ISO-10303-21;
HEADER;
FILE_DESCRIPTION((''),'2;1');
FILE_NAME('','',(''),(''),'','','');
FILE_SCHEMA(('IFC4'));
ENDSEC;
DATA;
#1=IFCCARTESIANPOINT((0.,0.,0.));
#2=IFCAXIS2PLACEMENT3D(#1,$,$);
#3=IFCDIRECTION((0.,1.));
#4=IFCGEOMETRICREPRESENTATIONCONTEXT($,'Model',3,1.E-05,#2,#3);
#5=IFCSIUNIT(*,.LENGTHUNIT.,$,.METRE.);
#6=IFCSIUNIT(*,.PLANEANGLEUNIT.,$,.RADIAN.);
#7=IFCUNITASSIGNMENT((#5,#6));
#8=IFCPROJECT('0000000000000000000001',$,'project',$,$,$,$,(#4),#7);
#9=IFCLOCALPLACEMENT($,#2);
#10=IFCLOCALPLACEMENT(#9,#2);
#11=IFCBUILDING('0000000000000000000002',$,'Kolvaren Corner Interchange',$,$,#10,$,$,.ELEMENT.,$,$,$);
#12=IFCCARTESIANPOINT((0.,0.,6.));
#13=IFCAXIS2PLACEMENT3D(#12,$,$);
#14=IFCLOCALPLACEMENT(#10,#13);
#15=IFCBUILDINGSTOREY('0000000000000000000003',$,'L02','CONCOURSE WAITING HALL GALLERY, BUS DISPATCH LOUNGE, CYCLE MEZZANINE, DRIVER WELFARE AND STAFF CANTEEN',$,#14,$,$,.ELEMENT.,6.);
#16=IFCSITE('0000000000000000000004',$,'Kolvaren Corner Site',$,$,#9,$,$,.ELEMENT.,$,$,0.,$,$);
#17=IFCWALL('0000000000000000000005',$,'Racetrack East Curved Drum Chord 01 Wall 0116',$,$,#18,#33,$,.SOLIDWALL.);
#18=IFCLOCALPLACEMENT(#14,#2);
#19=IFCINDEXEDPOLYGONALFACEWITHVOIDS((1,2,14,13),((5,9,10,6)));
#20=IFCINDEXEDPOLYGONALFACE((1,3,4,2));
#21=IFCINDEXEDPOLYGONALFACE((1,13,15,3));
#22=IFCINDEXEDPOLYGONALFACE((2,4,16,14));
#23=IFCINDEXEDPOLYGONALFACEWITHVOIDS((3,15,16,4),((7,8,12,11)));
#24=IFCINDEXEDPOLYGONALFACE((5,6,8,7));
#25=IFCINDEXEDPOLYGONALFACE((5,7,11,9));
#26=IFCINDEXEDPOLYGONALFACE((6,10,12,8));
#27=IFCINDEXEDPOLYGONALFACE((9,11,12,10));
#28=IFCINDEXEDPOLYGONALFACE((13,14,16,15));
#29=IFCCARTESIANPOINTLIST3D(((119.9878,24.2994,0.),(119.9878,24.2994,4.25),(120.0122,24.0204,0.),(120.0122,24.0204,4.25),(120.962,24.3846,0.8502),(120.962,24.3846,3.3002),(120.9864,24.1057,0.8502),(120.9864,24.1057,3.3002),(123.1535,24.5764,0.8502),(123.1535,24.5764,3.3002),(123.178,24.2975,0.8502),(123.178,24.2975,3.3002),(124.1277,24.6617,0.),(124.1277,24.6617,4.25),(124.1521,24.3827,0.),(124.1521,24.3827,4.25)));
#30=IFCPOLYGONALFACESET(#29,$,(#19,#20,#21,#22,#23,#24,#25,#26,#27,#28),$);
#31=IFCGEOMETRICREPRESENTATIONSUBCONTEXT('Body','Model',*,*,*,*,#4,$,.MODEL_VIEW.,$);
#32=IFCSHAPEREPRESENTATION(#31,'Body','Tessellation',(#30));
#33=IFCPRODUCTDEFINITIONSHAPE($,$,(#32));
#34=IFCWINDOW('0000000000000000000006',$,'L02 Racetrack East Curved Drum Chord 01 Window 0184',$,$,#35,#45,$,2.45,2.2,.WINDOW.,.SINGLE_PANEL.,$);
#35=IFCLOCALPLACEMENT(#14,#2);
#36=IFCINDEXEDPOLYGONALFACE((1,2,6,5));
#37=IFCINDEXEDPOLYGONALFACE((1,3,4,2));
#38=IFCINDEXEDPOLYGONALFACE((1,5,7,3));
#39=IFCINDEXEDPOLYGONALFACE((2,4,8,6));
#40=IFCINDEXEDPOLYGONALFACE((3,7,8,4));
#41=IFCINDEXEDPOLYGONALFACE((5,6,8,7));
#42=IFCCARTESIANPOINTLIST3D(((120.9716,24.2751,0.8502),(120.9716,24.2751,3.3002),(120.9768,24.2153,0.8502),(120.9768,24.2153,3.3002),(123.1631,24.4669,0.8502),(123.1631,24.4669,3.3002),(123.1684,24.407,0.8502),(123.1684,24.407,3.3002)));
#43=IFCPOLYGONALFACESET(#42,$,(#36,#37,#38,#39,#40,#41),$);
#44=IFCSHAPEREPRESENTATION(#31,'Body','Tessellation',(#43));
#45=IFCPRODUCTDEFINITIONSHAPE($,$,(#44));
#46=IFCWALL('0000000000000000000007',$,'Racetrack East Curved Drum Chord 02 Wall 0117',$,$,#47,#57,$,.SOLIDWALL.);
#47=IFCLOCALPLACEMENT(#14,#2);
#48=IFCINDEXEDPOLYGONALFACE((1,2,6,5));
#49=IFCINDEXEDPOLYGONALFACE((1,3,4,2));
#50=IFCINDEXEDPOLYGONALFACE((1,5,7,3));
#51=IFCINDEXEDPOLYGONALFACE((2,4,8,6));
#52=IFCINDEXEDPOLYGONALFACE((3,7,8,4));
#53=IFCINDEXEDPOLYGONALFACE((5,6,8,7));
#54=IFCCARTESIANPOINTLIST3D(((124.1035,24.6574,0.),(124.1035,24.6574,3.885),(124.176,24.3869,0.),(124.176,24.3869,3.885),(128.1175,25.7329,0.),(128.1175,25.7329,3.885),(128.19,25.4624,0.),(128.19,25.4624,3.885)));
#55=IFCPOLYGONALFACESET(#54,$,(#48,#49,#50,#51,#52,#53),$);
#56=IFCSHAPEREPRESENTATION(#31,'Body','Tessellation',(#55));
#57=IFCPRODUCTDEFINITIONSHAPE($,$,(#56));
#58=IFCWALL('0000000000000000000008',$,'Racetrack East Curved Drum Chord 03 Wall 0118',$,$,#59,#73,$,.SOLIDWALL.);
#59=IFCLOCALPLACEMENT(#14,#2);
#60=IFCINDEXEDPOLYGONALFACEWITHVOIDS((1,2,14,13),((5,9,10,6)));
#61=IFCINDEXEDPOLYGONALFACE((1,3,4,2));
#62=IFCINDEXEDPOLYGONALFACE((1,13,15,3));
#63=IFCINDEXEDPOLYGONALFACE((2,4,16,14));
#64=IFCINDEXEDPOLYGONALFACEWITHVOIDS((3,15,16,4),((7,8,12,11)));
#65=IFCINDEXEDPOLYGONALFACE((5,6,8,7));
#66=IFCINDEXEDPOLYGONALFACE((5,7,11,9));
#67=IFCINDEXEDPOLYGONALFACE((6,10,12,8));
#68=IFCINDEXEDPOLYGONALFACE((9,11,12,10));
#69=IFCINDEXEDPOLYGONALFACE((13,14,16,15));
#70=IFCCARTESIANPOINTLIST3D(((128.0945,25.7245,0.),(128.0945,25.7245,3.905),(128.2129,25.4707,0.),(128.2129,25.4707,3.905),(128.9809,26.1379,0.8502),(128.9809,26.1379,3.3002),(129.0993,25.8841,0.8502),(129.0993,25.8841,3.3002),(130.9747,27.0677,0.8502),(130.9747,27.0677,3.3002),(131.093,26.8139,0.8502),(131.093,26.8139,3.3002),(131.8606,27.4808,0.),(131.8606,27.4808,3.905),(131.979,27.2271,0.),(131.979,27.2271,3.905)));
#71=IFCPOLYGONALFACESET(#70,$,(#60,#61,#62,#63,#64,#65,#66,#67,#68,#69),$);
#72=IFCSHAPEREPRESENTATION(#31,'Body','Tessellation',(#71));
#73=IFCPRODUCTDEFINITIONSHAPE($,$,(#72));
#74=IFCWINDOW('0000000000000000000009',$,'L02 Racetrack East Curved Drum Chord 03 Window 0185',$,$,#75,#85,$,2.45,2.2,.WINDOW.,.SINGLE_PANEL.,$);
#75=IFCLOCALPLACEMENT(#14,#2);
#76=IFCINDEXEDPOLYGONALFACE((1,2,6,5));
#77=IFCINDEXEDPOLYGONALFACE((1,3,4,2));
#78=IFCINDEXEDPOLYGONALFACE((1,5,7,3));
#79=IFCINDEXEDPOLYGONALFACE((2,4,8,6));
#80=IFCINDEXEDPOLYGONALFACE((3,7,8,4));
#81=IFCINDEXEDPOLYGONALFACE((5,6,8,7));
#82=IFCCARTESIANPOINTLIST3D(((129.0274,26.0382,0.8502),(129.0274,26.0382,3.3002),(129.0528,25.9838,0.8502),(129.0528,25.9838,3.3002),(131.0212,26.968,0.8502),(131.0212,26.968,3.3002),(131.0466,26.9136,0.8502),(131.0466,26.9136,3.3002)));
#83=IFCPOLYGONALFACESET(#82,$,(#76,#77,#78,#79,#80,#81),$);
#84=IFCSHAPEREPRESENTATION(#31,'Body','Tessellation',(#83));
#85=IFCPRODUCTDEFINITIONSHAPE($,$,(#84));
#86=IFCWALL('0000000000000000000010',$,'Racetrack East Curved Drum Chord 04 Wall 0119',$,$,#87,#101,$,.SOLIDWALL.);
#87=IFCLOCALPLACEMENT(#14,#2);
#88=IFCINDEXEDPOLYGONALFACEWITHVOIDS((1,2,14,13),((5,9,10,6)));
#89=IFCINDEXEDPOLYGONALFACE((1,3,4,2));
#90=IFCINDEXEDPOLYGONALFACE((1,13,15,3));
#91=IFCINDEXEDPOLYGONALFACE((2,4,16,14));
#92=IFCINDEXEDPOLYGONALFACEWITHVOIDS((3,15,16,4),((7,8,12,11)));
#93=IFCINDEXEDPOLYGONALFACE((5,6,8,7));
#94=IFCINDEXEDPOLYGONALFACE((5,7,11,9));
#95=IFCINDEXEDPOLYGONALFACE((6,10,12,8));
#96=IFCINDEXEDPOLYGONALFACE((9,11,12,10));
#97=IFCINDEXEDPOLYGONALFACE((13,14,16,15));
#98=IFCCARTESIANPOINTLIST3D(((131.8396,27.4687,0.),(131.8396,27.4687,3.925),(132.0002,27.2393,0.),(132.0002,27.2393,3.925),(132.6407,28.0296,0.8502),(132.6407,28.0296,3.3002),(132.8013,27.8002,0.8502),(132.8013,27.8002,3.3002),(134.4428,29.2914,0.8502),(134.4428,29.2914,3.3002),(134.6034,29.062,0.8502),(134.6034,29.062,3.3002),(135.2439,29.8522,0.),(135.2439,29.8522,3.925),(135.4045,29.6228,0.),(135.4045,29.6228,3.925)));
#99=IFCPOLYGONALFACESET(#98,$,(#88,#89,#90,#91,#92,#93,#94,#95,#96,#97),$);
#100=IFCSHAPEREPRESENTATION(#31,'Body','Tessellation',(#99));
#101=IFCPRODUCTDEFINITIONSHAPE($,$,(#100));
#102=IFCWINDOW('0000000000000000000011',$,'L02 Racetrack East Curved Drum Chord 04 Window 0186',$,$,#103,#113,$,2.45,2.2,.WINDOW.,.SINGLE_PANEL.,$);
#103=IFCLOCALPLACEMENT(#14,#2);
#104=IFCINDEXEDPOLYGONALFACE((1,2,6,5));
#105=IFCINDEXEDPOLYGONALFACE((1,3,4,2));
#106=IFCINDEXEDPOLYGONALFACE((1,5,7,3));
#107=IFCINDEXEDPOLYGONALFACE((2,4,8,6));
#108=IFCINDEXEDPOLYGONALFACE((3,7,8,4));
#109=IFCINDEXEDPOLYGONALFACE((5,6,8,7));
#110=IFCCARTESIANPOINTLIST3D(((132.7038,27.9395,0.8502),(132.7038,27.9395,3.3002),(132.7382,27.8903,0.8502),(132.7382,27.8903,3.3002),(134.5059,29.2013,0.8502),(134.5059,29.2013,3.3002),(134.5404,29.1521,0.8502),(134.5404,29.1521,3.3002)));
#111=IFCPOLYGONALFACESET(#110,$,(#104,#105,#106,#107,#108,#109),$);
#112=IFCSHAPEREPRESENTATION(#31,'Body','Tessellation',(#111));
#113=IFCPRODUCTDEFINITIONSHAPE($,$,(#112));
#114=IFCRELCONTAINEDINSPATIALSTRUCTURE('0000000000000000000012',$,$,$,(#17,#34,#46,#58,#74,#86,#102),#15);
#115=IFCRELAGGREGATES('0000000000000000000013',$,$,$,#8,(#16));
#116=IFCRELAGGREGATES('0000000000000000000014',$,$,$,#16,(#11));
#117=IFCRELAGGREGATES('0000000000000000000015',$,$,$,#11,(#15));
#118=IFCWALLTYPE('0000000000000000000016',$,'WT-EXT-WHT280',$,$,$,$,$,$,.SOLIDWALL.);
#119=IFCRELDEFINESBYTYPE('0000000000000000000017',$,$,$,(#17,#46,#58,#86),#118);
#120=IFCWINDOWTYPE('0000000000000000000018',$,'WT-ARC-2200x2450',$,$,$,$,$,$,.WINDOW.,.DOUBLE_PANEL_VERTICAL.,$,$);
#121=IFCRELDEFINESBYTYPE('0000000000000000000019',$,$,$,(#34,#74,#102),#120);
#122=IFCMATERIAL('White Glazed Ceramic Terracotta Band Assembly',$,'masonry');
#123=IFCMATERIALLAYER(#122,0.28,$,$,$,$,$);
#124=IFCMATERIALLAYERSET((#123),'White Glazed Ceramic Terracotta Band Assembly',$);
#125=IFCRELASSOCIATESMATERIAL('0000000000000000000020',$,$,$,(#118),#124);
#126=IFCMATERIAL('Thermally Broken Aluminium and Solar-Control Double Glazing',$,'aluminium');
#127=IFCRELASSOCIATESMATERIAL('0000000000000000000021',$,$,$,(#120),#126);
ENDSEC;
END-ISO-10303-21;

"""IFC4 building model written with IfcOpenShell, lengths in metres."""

from ifc_helpers import new_model, si_unit, direction, frame, frame_2d, origin, place, context, subcontext, project, spatial, rectangle, extrude, material, layer, layer_set, type_object, element, fill, save


model = new_model("IFC4")

# Units and contexts
model_context = context("Model", 3, precision=1e-05, world=origin(), true_north=direction((0.0, 1.0)))
body_context = subcontext(model_context, "Body", "Model", "MODEL_VIEW")
ifc_project = project(units=[si_unit("LENGTHUNIT", "METRE"), si_unit("PLANEANGLEUNIT", "RADIAN")], contexts=[model_context])

# Site, building, storey
site_placement = place(None, origin())
site = spatial("IfcSite", under=ifc_project, at=site_placement, Name="Kolvaren Corner Site", CompositionType="ELEMENT", RefElevation=0.0)
building_placement = place(site_placement, origin())
building = spatial("IfcBuilding", under=site, at=building_placement, Name="Kolvaren Corner Interchange", CompositionType="ELEMENT")
storey_placement = place(building_placement, frame((0.0, 0.0, 6.0)))
storey = spatial("IfcBuildingStorey", under=building, at=storey_placement, Name="L02", Description="CONCOURSE WAITING HALL GALLERY, BUS DISPATCH LOUNGE, CYCLE MEZZANINE, DRIVER WELFARE AND STAFF CANTEEN", CompositionType="ELEMENT", Elevation=6.0)

# Wall, opening, window
ifc_material_1 = material(Name="White Glazed Ceramic Terracotta Band Assembly", Category="masonry")
ifc_layer = layer(ifc_material_1, 0.28)
ifc_layer_set = layer_set([ifc_layer], Name="White Glazed Ceramic Terracotta Band Assembly")
wall_type = type_object("IfcWallType", Name="WT-EXT-WHT280", PredefinedType="SOLIDWALL", material=ifc_layer_set)
wall_1_placement = place(storey_placement, frame((120.0, 24.1599, 0.0), z_axis=(0.0, 0.0, 1.0), x_axis=(0.996192, 0.087182, 0.0)))
wall_1 = element("IfcWall", 1, at=wall_1_placement, inside=storey, type_object=wall_type, Name="Racetrack East Curved Drum Chord 01 Wall 0116", PredefinedType="SOLIDWALL", context=body_context, shape_type="SweptSolid", body=[
    extrude(rectangle(XDim=4.1558, YDim=0.28, at=frame_2d((2.0779, 0.0))), origin(), (0.0, 0.0, 1.0), 4.25),
])
opening_1_placement = place(wall_1_placement, frame((0.9778, 0.0, 0.8501)))
opening_1 = element("IfcOpeningElement", 2, at=opening_1_placement, cuts=wall_1, PredefinedType="OPENING", context=body_context, shape_type="SweptSolid", body=[
    extrude(rectangle(XDim=2.2, YDim=2.45, at=frame_2d((1.1001, 1.2251))), frame((0.0, 0.1499, 0.0), z_axis=(0.0, -1.0, 0.0), x_axis=(1.0, 0.0, 0.0)), (0.0, 0.0, 1.0), 0.3),
])
ifc_material_2 = material(Name="Thermally Broken Aluminium and Solar-Control Double Glazing", Category="aluminium")
window_type = type_object("IfcWindowType", Name="WT-ARC-2200x2450", PartitioningType="DOUBLE_PANEL_VERTICAL", PredefinedType="WINDOW", material=ifc_material_2)
window_1_placement = place(opening_1_placement, origin())
window_1 = element("IfcWindow", 3, at=window_1_placement, inside=storey, type_object=window_type, Name="L02 Racetrack East Curved Drum Chord 01 Window 0184", OverallHeight=2.45, OverallWidth=2.2, PartitioningType="SINGLE_PANEL", PredefinedType="WINDOW", context=body_context, shape_type="SweptSolid", body=[
    extrude(rectangle(XDim=2.2, YDim=2.45, at=frame_2d((1.1001, 1.2251))), frame((0.0, 0.03, 0.0), z_axis=(0.0, -1.0, 0.0), x_axis=(1.0, 0.0, 0.0)), (0.0, 0.0, 1.0), 0.0601),
])
fill(opening_1, window_1)

# Wall
wall_2_placement = place(storey_placement, frame((124.1399, 24.5222, 0.0), z_axis=(0.0, 0.0, 1.0), x_axis=(0.965931, 0.2588, 0.0)))
element("IfcWall", 4, at=wall_2_placement, inside=storey, type_object=wall_type, Name="Racetrack East Curved Drum Chord 02 Wall 0117", PredefinedType="SOLIDWALL", context=body_context, shape_type="SweptSolid", body=[
    extrude(rectangle(XDim=4.1555, YDim=0.28, at=frame_2d((2.0776, 0.0))), origin(), (0.0, 0.0, 1.0), 3.885),
])

# Walls, openings, windows
wall_3_placement = place(storey_placement, frame((128.1538, 25.5977, 0.0), z_axis=(0.0, 0.0, 1.0), x_axis=(0.906291, 0.422654, 0.0)))
wall_3 = element("IfcWall", 5, at=wall_3_placement, inside=storey, type_object=wall_type, Name="Racetrack East Curved Drum Chord 03 Wall 0118", PredefinedType="SOLIDWALL", context=body_context, shape_type="SweptSolid", body=[
    extrude(rectangle(XDim=4.1555, YDim=0.28, at=frame_2d((2.0776, 0.0))), origin(), (0.0, 0.0, 1.0), 3.905),
])
opening_2_placement = place(wall_3_placement, frame((0.9778, 0.0, 0.8501)))
opening_2 = element("IfcOpeningElement", 6, at=opening_2_placement, cuts=wall_3, PredefinedType="OPENING", context=body_context, shape_type="SweptSolid", body=[
    extrude(rectangle(XDim=2.2, YDim=2.45, at=frame_2d((1.1001, 1.2251))), frame((0.0, 0.1499, 0.0), z_axis=(0.0, -1.0, 0.0), x_axis=(1.0, 0.0, 0.0)), (0.0, 0.0, 1.0), 0.3),
])
window_2_placement = place(opening_2_placement, origin())
window_2 = element("IfcWindow", 7, at=window_2_placement, inside=storey, type_object=window_type, Name="L02 Racetrack East Curved Drum Chord 03 Window 0185", OverallHeight=2.45, OverallWidth=2.2, PartitioningType="SINGLE_PANEL", PredefinedType="WINDOW", context=body_context, shape_type="SweptSolid", body=[
    extrude(rectangle(XDim=2.2, YDim=2.45, at=frame_2d((1.1001, 1.2251))), frame((0.0, 0.03, 0.0), z_axis=(0.0, -1.0, 0.0), x_axis=(1.0, 0.0, 0.0)), (0.0, 0.0, 1.0), 0.0601),
])
fill(opening_2, window_2)
wall_4_placement = place(storey_placement, frame((131.9199, 27.354, 0.0), z_axis=(0.0, 0.0, 1.0), x_axis=(0.819171, 0.573549, 0.0)))
wall_4 = element("IfcWall", 8, at=wall_4_placement, inside=storey, type_object=wall_type, Name="Racetrack East Curved Drum Chord 04 Wall 0119", PredefinedType="SOLIDWALL", context=body_context, shape_type="SweptSolid", body=[
    extrude(rectangle(XDim=4.1558, YDim=0.28, at=frame_2d((2.0779, 0.0))), origin(), (0.0, 0.0, 1.0), 3.925),
])
opening_3_placement = place(wall_4_placement, frame((0.9778, 0.0, 0.8501)))
opening_3 = element("IfcOpeningElement", 9, at=opening_3_placement, cuts=wall_4, PredefinedType="OPENING", context=body_context, shape_type="SweptSolid", body=[
    extrude(rectangle(XDim=2.2, YDim=2.45, at=frame_2d((1.1001, 1.2251))), frame((0.0, 0.1499, 0.0), z_axis=(0.0, -1.0, 0.0), x_axis=(1.0, 0.0, 0.0)), (0.0, 0.0, 1.0), 0.3),
])
window_3_placement = place(opening_3_placement, origin())
window_3 = element("IfcWindow", 10, at=window_3_placement, inside=storey, type_object=window_type, Name="L02 Racetrack East Curved Drum Chord 04 Window 0186", OverallHeight=2.45, OverallWidth=2.2, PartitioningType="SINGLE_PANEL", PredefinedType="WINDOW", context=body_context, shape_type="SweptSolid", body=[
    extrude(rectangle(XDim=2.2, YDim=2.45, at=frame_2d((1.1001, 1.2251))), frame((0.0, 0.03, 0.0), z_axis=(0.0, -1.0, 0.0), x_axis=(1.0, 0.0, 0.0)), (0.0, 0.0, 1.0), 0.0601),
])
fill(opening_3, window_3)

save(model, "model.ifc")
